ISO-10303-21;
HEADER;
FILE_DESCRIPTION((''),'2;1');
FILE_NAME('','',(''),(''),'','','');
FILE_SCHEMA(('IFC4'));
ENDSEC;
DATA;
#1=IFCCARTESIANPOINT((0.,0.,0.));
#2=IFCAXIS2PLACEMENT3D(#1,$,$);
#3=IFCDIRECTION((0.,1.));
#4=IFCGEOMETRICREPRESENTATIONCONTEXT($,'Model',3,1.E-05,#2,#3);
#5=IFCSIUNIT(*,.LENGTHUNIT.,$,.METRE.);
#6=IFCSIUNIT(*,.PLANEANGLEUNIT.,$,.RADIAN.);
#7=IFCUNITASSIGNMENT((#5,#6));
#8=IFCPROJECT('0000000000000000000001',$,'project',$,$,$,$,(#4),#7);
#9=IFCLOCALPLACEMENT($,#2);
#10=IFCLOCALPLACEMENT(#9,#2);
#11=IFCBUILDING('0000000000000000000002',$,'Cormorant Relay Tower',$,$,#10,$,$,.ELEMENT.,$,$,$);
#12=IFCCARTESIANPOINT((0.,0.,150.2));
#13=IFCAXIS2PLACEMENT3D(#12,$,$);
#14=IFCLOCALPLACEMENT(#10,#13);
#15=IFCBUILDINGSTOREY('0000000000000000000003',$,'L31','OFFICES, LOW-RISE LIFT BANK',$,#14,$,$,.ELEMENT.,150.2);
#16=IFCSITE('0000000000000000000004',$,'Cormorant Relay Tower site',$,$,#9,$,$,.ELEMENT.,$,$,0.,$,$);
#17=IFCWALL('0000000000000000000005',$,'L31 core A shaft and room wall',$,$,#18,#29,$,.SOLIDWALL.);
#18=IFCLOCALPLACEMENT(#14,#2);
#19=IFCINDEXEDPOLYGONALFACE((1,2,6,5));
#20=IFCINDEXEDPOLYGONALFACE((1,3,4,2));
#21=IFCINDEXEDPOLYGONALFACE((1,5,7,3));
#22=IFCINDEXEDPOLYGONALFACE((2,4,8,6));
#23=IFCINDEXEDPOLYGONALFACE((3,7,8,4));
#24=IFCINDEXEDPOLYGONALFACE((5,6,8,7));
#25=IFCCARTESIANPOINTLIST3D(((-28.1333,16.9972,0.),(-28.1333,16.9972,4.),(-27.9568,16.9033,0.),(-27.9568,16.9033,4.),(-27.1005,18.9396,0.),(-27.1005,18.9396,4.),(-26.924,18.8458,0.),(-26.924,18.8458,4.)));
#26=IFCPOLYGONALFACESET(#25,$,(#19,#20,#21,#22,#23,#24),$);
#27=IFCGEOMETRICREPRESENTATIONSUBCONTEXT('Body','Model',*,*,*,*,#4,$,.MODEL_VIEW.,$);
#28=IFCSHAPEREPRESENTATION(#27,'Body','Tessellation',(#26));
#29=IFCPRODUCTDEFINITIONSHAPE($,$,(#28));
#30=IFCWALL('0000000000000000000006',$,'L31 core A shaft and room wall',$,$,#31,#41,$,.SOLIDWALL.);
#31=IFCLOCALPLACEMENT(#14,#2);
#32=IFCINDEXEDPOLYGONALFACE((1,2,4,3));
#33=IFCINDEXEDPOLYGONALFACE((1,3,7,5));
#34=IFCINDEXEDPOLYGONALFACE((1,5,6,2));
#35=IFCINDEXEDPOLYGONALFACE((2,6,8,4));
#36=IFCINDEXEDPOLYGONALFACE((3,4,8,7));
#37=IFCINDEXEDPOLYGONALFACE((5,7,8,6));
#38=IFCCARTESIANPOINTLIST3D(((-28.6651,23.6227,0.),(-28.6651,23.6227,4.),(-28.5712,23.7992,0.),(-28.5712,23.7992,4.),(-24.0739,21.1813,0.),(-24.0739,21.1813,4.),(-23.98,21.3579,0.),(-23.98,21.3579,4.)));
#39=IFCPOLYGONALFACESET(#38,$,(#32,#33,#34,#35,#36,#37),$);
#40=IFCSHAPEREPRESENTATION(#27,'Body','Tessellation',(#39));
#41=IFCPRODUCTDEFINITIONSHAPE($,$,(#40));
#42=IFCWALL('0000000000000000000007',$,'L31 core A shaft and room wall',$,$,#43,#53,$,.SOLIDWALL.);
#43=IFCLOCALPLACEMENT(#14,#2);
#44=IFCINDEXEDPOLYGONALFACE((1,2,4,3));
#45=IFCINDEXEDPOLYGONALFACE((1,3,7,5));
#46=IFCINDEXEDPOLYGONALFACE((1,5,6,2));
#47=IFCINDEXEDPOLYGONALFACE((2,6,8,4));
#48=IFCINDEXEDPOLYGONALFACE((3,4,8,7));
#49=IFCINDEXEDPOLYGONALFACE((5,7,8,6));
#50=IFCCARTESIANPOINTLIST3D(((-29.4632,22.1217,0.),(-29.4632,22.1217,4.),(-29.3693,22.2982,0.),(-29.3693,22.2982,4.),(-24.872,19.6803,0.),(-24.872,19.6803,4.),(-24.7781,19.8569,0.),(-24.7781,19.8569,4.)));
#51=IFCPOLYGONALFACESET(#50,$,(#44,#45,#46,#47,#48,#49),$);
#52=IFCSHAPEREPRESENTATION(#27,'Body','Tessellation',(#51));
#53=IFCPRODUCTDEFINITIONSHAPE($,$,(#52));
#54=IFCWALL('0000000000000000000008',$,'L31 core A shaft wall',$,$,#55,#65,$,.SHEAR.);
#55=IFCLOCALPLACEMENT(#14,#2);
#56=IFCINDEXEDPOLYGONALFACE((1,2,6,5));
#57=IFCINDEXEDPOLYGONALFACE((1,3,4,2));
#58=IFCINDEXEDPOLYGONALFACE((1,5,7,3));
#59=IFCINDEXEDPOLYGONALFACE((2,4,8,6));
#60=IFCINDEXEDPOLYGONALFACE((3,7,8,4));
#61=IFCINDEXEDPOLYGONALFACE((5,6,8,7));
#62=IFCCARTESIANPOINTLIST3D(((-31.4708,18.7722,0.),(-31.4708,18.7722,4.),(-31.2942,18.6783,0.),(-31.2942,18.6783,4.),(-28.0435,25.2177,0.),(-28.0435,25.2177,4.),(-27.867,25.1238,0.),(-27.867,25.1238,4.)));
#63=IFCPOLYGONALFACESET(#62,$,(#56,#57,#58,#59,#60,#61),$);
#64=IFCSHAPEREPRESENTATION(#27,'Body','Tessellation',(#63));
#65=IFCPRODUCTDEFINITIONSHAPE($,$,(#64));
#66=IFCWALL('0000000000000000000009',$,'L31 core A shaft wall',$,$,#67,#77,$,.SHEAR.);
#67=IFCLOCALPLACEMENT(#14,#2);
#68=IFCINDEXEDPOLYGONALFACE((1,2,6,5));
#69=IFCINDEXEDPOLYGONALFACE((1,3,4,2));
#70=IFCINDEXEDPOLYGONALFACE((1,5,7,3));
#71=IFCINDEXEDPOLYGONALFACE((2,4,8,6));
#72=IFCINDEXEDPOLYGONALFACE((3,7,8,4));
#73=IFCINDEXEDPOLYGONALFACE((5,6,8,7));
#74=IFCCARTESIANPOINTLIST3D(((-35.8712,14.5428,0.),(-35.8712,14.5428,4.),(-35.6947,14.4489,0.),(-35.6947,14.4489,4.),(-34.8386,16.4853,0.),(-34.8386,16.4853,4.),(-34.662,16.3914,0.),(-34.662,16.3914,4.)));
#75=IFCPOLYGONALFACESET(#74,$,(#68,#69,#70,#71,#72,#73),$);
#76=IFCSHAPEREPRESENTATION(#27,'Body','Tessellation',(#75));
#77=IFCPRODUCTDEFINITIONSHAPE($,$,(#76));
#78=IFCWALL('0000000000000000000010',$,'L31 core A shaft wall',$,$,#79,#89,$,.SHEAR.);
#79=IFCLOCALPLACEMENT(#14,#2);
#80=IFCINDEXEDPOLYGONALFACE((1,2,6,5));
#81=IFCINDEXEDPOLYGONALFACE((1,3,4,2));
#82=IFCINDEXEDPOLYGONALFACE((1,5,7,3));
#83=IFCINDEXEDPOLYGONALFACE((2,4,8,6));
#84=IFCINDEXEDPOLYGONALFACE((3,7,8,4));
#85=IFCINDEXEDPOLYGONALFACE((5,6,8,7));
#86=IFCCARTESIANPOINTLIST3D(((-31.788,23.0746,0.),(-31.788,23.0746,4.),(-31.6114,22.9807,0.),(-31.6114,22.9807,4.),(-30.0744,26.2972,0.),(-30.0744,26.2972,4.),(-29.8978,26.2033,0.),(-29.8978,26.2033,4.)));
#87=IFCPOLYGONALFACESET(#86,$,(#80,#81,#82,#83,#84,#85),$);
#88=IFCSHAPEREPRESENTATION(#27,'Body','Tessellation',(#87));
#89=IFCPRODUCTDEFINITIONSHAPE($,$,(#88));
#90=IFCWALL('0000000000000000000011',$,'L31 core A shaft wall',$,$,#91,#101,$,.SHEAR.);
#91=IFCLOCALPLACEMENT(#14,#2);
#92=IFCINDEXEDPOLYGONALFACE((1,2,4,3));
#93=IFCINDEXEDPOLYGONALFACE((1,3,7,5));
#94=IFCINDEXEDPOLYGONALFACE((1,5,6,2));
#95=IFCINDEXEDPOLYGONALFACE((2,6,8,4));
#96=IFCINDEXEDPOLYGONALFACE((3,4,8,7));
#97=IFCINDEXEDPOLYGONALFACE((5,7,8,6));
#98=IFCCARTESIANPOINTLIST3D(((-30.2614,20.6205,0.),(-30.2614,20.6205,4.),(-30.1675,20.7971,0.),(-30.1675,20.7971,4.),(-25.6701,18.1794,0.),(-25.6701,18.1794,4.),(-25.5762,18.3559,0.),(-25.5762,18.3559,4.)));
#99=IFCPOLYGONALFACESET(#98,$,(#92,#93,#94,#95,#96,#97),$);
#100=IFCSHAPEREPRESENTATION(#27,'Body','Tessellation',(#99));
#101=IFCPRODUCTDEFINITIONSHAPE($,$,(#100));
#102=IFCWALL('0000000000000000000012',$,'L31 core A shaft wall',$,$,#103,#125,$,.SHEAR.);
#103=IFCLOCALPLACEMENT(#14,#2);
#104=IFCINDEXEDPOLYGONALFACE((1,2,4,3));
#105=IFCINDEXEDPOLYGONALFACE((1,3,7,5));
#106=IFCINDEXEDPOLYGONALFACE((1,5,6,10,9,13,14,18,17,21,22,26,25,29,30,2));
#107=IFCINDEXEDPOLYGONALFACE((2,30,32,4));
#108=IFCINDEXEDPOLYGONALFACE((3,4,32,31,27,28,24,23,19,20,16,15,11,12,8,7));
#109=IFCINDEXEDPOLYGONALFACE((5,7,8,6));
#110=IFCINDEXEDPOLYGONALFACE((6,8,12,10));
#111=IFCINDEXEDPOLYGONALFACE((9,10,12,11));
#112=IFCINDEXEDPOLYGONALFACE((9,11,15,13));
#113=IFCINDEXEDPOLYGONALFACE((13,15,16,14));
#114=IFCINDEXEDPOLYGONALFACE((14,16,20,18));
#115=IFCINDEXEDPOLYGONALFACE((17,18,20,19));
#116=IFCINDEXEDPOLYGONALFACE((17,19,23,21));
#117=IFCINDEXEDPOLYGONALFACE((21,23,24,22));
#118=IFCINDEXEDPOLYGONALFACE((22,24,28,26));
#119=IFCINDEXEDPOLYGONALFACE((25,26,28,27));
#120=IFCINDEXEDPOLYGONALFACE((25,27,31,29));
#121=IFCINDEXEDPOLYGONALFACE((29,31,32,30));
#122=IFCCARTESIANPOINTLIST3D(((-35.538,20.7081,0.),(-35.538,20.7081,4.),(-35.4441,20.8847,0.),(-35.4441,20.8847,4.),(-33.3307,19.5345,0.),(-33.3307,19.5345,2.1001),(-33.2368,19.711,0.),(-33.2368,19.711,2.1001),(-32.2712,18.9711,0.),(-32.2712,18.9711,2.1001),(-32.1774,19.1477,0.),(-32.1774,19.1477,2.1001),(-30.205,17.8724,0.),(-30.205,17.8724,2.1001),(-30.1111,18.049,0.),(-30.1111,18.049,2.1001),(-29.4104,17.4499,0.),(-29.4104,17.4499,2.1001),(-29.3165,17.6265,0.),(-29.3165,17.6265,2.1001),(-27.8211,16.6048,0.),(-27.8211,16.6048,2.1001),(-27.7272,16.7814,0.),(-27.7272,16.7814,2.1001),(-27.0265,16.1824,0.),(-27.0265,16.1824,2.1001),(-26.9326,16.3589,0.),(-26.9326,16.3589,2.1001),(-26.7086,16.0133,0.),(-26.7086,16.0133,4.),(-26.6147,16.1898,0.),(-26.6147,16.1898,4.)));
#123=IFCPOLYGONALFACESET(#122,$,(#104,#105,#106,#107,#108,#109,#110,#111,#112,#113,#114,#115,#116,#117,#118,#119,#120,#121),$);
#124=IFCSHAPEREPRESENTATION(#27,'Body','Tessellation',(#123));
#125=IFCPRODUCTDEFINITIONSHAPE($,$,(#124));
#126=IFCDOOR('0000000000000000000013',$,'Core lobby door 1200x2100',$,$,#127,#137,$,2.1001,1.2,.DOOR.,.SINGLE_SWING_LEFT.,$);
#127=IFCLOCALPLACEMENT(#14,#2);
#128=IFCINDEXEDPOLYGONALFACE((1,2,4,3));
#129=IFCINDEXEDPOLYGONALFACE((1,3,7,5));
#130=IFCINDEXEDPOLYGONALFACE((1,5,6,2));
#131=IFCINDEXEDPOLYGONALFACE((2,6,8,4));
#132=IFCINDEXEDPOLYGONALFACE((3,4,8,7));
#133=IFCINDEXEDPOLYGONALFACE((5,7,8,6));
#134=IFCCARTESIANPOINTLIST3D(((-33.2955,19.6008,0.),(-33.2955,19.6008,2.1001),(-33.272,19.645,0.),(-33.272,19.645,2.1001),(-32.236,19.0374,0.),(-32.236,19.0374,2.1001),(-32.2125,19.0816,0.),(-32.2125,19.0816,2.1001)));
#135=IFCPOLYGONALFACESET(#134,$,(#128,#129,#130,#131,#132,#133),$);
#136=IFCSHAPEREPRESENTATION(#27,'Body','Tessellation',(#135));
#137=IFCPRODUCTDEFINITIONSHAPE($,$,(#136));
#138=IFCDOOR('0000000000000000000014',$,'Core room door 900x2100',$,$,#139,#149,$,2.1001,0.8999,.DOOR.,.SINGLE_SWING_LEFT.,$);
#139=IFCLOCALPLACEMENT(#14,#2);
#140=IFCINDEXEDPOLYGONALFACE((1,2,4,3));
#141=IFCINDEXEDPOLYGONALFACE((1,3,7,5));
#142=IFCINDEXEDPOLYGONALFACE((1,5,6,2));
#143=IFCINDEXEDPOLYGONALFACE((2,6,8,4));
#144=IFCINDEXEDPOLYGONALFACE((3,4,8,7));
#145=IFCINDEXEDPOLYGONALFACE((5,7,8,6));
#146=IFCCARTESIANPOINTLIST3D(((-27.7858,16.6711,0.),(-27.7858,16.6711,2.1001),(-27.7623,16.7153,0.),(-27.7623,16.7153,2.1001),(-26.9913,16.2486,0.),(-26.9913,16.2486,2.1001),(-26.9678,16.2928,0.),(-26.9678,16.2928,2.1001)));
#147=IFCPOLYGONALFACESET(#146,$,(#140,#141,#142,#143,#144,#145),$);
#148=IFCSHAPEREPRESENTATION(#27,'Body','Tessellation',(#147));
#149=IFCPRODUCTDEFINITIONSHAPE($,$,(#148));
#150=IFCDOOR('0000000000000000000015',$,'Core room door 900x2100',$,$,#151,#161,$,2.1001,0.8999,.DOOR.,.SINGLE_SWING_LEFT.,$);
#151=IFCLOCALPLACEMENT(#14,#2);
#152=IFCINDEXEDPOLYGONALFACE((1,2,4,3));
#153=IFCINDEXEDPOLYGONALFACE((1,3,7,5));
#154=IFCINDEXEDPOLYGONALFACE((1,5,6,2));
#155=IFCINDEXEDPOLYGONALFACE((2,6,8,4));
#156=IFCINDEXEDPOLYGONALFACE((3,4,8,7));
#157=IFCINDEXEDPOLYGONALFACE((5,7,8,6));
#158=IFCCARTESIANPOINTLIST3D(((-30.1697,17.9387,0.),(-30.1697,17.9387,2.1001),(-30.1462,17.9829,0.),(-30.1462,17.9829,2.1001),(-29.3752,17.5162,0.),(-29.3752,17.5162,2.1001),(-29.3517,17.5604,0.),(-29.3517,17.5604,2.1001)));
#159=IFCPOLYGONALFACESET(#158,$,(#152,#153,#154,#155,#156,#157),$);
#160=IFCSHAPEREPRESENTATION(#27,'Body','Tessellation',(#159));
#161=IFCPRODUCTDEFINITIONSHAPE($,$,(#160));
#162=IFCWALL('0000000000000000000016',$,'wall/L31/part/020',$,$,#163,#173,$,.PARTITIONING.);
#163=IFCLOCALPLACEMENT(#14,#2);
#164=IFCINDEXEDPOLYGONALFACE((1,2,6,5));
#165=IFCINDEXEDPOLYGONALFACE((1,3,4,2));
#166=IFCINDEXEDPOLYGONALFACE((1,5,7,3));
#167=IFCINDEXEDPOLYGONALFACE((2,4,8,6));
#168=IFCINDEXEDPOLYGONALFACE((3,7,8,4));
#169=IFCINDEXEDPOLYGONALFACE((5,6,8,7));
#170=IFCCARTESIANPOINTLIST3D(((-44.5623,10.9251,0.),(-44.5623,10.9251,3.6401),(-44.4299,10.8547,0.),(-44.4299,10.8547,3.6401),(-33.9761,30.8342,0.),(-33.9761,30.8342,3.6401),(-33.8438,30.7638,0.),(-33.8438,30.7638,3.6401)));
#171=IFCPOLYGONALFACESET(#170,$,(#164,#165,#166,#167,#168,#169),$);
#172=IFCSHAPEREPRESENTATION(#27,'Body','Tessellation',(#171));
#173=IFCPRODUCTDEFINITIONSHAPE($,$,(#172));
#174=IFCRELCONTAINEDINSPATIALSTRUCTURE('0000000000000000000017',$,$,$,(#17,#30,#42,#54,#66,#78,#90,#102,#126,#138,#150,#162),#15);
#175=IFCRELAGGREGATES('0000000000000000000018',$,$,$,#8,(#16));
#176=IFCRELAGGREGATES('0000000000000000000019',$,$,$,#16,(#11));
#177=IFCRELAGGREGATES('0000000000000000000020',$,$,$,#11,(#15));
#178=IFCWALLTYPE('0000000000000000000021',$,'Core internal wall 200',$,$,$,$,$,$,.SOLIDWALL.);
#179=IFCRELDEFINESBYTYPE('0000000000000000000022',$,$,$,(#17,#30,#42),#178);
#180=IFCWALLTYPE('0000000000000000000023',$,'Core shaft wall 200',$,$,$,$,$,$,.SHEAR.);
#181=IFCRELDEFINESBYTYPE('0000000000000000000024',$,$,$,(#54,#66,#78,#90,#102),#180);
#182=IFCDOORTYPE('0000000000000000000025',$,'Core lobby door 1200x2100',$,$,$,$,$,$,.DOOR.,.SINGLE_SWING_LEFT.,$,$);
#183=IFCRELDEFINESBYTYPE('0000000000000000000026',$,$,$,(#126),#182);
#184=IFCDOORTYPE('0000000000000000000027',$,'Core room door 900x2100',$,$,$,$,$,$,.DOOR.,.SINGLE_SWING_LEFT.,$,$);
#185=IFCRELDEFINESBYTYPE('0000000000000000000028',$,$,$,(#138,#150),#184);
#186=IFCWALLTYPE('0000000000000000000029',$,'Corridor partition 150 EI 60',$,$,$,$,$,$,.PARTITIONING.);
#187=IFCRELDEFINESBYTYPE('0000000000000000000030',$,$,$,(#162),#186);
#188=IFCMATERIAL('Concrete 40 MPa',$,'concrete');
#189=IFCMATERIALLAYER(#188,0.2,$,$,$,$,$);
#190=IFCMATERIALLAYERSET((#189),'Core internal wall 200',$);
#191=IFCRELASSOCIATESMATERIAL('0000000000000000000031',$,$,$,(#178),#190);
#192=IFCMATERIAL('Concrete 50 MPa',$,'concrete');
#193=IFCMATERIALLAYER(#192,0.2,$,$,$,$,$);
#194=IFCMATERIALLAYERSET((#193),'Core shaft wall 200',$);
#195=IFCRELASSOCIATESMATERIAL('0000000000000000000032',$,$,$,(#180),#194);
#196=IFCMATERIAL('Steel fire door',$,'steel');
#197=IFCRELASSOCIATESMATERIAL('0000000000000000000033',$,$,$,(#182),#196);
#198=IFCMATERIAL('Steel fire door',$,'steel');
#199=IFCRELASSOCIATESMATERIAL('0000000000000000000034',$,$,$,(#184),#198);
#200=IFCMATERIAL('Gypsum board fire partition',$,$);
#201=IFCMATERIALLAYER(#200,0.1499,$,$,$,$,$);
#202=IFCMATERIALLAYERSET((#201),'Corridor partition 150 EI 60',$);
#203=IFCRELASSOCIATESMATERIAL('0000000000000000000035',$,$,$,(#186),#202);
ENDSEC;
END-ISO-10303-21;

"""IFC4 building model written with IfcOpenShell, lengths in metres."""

from ifc_helpers import new_model, si_unit, direction, frame, frame_2d, origin, place, context, subcontext, project, spatial, rectangle, extrude, material, layer, layer_set, type_object, element, fill, save


model = new_model("IFC4")

# Units and contexts
model_context = context("Model", 3, precision=1e-05, world=origin(), true_north=direction((0.0, 1.0)))
body_context = subcontext(model_context, "Body", "Model", "MODEL_VIEW")
ifc_project = project(units=[si_unit("LENGTHUNIT", "METRE"), si_unit("PLANEANGLEUNIT", "RADIAN")], contexts=[model_context])

# Site, building, storey
site_placement = place(None, origin())
site = spatial("IfcSite", under=ifc_project, at=site_placement, Name="Cormorant Relay Tower site", CompositionType="ELEMENT", RefElevation=0.0)
building_placement = place(site_placement, origin())
building = spatial("IfcBuilding", under=site, at=building_placement, Name="Cormorant Relay Tower", CompositionType="ELEMENT")
storey_placement = place(building_placement, frame((0.0, 0.0, 150.2)))
storey = spatial("IfcBuildingStorey", under=building, at=storey_placement, Name="L31", Description="OFFICES, LOW-RISE LIFT BANK", CompositionType="ELEMENT", Elevation=150.2)

# Walls
ifc_material_1 = material(Name="Concrete 40 MPa", Category="concrete")
ifc_layer_1 = layer(ifc_material_1, 0.2)
ifc_layer_set_1 = layer_set([ifc_layer_1], Name="Core internal wall 200")
wall_type_1 = type_object("IfcWallType", Name="Core internal wall 200", PredefinedType="SOLIDWALL", material=ifc_layer_set_1)
wall_1_placement = place(storey_placement, frame((-27.0122, 18.8928, 0.0), z_axis=(0.0, 0.0, 1.0), x_axis=(-0.469447, -0.88296, 0.0)))
element("IfcWall", 1, at=wall_1_placement, inside=storey, type_object=wall_type_1, Name="L31 core A shaft and room wall", PredefinedType="SOLIDWALL", context=body_context, shape_type="SweptSolid", body=[
    extrude(rectangle(XDim=2.2, YDim=0.2, at=frame_2d((1.1001, 0.0))), origin(), (0.0, 0.0, 1.0), 4.0),
])
for number, where, z_axis, x_axis, name in (
    (2, (-24.0269, 21.2695, 0.0), (0.0, 0.0, 1.0), (-0.882935, 0.469496, 0.0), "L31 core A shaft and room wall"),
    (3, (-24.825, 19.7686, 0.0), (0.0, 0.0, 1.0), (-0.882935, 0.469496, 0.0), "L31 core A shaft and room wall"),
):
    element("IfcWall", number, at=place(storey_placement, frame(where, z_axis=z_axis, x_axis=x_axis)), inside=storey, type_object=wall_type_1, Name=name, PredefinedType="SOLIDWALL", context=body_context, shape_type="SweptSolid", body=[
        extrude(rectangle(XDim=5.2, YDim=0.2, at=frame_2d((2.6001, 0.0))), origin(), (0.0, 0.0, 1.0), 4.0),
    ])
ifc_material_2 = material(Name="Concrete 50 MPa", Category="concrete")
ifc_layer_2 = layer(ifc_material_2, 0.2)
ifc_layer_set_2 = layer_set([ifc_layer_2], Name="Core shaft wall 200")
wall_type_2 = type_object("IfcWallType", Name="Core shaft wall 200", PredefinedType="SHEAR", material=ifc_layer_set_2)
wall_2_placement = place(storey_placement, frame((-27.9553, 25.1707, 0.0), z_axis=(0.0, 0.0, 1.0), x_axis=(-0.46948, -0.882943, 0.0)))
element("IfcWall", 4, at=wall_2_placement, inside=storey, type_object=wall_type_2, Name="L31 core A shaft wall", PredefinedType="SHEAR", context=body_context, shape_type="SweptSolid", body=[
    extrude(rectangle(XDim=7.3, YDim=0.2, at=frame_2d((3.6499, 0.0))), origin(), (0.0, 0.0, 1.0), 4.0),
])
wall_3_placement = place(storey_placement, frame((-34.7502, 16.4385, 0.0), z_axis=(0.0, 0.0, 1.0), x_axis=(-0.469401, -0.882985, 0.0)))
element("IfcWall", 5, at=wall_3_placement, inside=storey, type_object=wall_type_2, Name="L31 core A shaft wall", PredefinedType="SHEAR", context=body_context, shape_type="SweptSolid", body=[
    extrude(rectangle(XDim=2.2, YDim=0.2, at=frame_2d((1.1001, 0.0))), origin(), (0.0, 0.0, 1.0), 4.0),
])
wall_4_placement = place(storey_placement, frame((-29.9861, 26.2502, 0.0), z_axis=(0.0, 0.0, 1.0), x_axis=(-0.469494, -0.882936, 0.0)))
element("IfcWall", 6, at=wall_4_placement, inside=storey, type_object=wall_type_2, Name="L31 core A shaft wall", PredefinedType="SHEAR", context=body_context, shape_type="SweptSolid", body=[
    extrude(rectangle(XDim=3.6499, YDim=0.2, at=frame_2d((1.825, 0.0))), origin(), (0.0, 0.0, 1.0), 4.0),
])

# Wall
wall_5_placement = place(storey_placement, frame((-25.623, 18.2676, 0.0), z_axis=(0.0, 0.0, 1.0), x_axis=(-0.882954, 0.46946, 0.0)))
element("IfcWall", 7, at=wall_5_placement, inside=storey, type_object=wall_type_2, Name="L31 core A shaft wall", PredefinedType="SHEAR", context=body_context, shape_type="SweptSolid", body=[
    extrude(rectangle(XDim=5.2, YDim=0.2, at=frame_2d((2.6001, 0.0))), origin(), (0.0, 0.0, 1.0), 4.0),
])

# Wall, openings, doors
wall_6_placement = place(storey_placement, frame((-26.6616, 16.1016, 0.0), z_axis=(0.0, 0.0, 1.0), x_axis=(-0.88294, 0.469485, 0.0)))
wall_6 = element("IfcWall", 8, at=wall_6_placement, inside=storey, type_object=wall_type_2, Name="L31 core A shaft wall", PredefinedType="SHEAR", context=body_context, shape_type="SweptSolid", body=[
    extrude(rectangle(XDim=10.0, YDim=0.2, at=frame_2d((5.0, 0.0))), origin(), (0.0, 0.0, 1.0), 4.0),
])
opening_1_placement = place(wall_6_placement, frame((6.3, 0.0, 0.0)))
opening_1 = element("IfcOpeningElement", 9, at=opening_1_placement, cuts=wall_6, PredefinedType="OPENING", context=body_context, shape_type="SweptSolid", body=[
    extrude(rectangle(XDim=1.2, YDim=2.1001, at=frame_2d((0.6001, 1.05))), frame((0.0, 0.1099, 0.0), z_axis=(0.0, -1.0, 0.0), x_axis=(1.0, 0.0, 0.0)), (0.0, 0.0, 1.0), 0.22),
])
opening_2_placement = place(wall_6_placement, frame((0.3601, 0.0, 0.0)))
opening_2 = element("IfcOpeningElement", 10, at=opening_2_placement, cuts=wall_6, PredefinedType="OPENING", context=body_context, shape_type="SweptSolid", body=[
    extrude(rectangle(XDim=0.8999, YDim=2.1001, at=frame_2d((0.45, 1.05))), frame((0.0, 0.1099, 0.0), z_axis=(0.0, -1.0, 0.0), x_axis=(1.0, 0.0, 0.0)), (0.0, 0.0, 1.0), 0.22),
])
opening_3_placement = place(wall_6_placement, frame((3.0601, 0.0, 0.0)))
opening_3 = element("IfcOpeningElement", 11, at=opening_3_placement, cuts=wall_6, PredefinedType="OPENING", context=body_context, shape_type="SweptSolid", body=[
    extrude(rectangle(XDim=0.8999, YDim=2.1001, at=frame_2d((0.45, 1.05))), frame((0.0, 0.1099, 0.0), z_axis=(0.0, -1.0, 0.0), x_axis=(1.0, 0.0, 0.0)), (0.0, 0.0, 1.0), 0.22),
])
ifc_material_3 = material(Name="Steel fire door", Category="steel")
door_type_1 = type_object("IfcDoorType", Name="Core lobby door 1200x2100", OperationType="SINGLE_SWING_LEFT", PredefinedType="DOOR", material=ifc_material_3)
door_1_placement = place(opening_1_placement, origin())
door_1 = element("IfcDoor", 12, at=door_1_placement, inside=storey, type_object=door_type_1, Name="Core lobby door 1200x2100", OperationType="SINGLE_SWING_LEFT", OverallHeight=2.1001, OverallWidth=1.2, PredefinedType="DOOR", context=body_context, shape_type="SweptSolid", body=[
    extrude(rectangle(XDim=1.2, YDim=2.1001, at=frame_2d((0.6001, 1.05))), frame((0.0, 0.0249, 0.0), z_axis=(0.0, -1.0, 0.0), x_axis=(1.0, 0.0, 0.0)), (0.0, 0.0, 1.0), 0.05),
])
fill(opening_1, door_1)
ifc_material_4 = material(Name="Steel fire door", Category="steel")
door_type_2 = type_object("IfcDoorType", Name="Core room door 900x2100", OperationType="SINGLE_SWING_LEFT", PredefinedType="DOOR", material=ifc_material_4)
door_2_placement = place(opening_2_placement, origin())
door_2 = element("IfcDoor", 13, at=door_2_placement, inside=storey, type_object=door_type_2, Name="Core room door 900x2100", OperationType="SINGLE_SWING_LEFT", OverallHeight=2.1001, OverallWidth=0.8999, PredefinedType="DOOR", context=body_context, shape_type="SweptSolid", body=[
    extrude(rectangle(XDim=0.8999, YDim=2.1001, at=frame_2d((0.45, 1.05))), frame((0.0, 0.0249, 0.0), z_axis=(0.0, -1.0, 0.0), x_axis=(1.0, 0.0, 0.0)), (0.0, 0.0, 1.0), 0.05),
])
fill(opening_2, door_2)
door_3_placement = place(opening_3_placement, origin())
door_3 = element("IfcDoor", 14, at=door_3_placement, inside=storey, type_object=door_type_2, Name="Core room door 900x2100", OperationType="SINGLE_SWING_LEFT", OverallHeight=2.1001, OverallWidth=0.8999, PredefinedType="DOOR", context=body_context, shape_type="SweptSolid", body=[
    extrude(rectangle(XDim=0.8999, YDim=2.1001, at=frame_2d((0.45, 1.05))), frame((0.0, 0.0249, 0.0), z_axis=(0.0, -1.0, 0.0), x_axis=(1.0, 0.0, 0.0)), (0.0, 0.0, 1.0), 0.05),
])
fill(opening_3, door_3)

# Wall
ifc_material_5 = material(Name="Gypsum board fire partition")
ifc_layer_3 = layer(ifc_material_5, 0.1499)
ifc_layer_set_3 = layer_set([ifc_layer_3], Name="Corridor partition 150 EI 60")
wall_type_3 = type_object("IfcWallType", Name="Corridor partition 150 EI 60", PredefinedType="PARTITIONING", material=ifc_layer_set_3)
wall_7_placement = place(storey_placement, frame((-33.9099, 30.7991, 0.0), z_axis=(0.0, 0.0, 1.0), x_axis=(-0.469481, -0.882942, 0.0)))
element("IfcWall", 15, at=wall_7_placement, inside=storey, type_object=wall_type_3, Name="wall/L31/part/020", PredefinedType="PARTITIONING", context=body_context, shape_type="SweptSolid", body=[
    extrude(rectangle(XDim=22.5486, YDim=0.1499, at=frame_2d((11.2744, 0.0))), origin(), (0.0, 0.0, 1.0), 3.6401),
])

save(model, "model.ifc")
